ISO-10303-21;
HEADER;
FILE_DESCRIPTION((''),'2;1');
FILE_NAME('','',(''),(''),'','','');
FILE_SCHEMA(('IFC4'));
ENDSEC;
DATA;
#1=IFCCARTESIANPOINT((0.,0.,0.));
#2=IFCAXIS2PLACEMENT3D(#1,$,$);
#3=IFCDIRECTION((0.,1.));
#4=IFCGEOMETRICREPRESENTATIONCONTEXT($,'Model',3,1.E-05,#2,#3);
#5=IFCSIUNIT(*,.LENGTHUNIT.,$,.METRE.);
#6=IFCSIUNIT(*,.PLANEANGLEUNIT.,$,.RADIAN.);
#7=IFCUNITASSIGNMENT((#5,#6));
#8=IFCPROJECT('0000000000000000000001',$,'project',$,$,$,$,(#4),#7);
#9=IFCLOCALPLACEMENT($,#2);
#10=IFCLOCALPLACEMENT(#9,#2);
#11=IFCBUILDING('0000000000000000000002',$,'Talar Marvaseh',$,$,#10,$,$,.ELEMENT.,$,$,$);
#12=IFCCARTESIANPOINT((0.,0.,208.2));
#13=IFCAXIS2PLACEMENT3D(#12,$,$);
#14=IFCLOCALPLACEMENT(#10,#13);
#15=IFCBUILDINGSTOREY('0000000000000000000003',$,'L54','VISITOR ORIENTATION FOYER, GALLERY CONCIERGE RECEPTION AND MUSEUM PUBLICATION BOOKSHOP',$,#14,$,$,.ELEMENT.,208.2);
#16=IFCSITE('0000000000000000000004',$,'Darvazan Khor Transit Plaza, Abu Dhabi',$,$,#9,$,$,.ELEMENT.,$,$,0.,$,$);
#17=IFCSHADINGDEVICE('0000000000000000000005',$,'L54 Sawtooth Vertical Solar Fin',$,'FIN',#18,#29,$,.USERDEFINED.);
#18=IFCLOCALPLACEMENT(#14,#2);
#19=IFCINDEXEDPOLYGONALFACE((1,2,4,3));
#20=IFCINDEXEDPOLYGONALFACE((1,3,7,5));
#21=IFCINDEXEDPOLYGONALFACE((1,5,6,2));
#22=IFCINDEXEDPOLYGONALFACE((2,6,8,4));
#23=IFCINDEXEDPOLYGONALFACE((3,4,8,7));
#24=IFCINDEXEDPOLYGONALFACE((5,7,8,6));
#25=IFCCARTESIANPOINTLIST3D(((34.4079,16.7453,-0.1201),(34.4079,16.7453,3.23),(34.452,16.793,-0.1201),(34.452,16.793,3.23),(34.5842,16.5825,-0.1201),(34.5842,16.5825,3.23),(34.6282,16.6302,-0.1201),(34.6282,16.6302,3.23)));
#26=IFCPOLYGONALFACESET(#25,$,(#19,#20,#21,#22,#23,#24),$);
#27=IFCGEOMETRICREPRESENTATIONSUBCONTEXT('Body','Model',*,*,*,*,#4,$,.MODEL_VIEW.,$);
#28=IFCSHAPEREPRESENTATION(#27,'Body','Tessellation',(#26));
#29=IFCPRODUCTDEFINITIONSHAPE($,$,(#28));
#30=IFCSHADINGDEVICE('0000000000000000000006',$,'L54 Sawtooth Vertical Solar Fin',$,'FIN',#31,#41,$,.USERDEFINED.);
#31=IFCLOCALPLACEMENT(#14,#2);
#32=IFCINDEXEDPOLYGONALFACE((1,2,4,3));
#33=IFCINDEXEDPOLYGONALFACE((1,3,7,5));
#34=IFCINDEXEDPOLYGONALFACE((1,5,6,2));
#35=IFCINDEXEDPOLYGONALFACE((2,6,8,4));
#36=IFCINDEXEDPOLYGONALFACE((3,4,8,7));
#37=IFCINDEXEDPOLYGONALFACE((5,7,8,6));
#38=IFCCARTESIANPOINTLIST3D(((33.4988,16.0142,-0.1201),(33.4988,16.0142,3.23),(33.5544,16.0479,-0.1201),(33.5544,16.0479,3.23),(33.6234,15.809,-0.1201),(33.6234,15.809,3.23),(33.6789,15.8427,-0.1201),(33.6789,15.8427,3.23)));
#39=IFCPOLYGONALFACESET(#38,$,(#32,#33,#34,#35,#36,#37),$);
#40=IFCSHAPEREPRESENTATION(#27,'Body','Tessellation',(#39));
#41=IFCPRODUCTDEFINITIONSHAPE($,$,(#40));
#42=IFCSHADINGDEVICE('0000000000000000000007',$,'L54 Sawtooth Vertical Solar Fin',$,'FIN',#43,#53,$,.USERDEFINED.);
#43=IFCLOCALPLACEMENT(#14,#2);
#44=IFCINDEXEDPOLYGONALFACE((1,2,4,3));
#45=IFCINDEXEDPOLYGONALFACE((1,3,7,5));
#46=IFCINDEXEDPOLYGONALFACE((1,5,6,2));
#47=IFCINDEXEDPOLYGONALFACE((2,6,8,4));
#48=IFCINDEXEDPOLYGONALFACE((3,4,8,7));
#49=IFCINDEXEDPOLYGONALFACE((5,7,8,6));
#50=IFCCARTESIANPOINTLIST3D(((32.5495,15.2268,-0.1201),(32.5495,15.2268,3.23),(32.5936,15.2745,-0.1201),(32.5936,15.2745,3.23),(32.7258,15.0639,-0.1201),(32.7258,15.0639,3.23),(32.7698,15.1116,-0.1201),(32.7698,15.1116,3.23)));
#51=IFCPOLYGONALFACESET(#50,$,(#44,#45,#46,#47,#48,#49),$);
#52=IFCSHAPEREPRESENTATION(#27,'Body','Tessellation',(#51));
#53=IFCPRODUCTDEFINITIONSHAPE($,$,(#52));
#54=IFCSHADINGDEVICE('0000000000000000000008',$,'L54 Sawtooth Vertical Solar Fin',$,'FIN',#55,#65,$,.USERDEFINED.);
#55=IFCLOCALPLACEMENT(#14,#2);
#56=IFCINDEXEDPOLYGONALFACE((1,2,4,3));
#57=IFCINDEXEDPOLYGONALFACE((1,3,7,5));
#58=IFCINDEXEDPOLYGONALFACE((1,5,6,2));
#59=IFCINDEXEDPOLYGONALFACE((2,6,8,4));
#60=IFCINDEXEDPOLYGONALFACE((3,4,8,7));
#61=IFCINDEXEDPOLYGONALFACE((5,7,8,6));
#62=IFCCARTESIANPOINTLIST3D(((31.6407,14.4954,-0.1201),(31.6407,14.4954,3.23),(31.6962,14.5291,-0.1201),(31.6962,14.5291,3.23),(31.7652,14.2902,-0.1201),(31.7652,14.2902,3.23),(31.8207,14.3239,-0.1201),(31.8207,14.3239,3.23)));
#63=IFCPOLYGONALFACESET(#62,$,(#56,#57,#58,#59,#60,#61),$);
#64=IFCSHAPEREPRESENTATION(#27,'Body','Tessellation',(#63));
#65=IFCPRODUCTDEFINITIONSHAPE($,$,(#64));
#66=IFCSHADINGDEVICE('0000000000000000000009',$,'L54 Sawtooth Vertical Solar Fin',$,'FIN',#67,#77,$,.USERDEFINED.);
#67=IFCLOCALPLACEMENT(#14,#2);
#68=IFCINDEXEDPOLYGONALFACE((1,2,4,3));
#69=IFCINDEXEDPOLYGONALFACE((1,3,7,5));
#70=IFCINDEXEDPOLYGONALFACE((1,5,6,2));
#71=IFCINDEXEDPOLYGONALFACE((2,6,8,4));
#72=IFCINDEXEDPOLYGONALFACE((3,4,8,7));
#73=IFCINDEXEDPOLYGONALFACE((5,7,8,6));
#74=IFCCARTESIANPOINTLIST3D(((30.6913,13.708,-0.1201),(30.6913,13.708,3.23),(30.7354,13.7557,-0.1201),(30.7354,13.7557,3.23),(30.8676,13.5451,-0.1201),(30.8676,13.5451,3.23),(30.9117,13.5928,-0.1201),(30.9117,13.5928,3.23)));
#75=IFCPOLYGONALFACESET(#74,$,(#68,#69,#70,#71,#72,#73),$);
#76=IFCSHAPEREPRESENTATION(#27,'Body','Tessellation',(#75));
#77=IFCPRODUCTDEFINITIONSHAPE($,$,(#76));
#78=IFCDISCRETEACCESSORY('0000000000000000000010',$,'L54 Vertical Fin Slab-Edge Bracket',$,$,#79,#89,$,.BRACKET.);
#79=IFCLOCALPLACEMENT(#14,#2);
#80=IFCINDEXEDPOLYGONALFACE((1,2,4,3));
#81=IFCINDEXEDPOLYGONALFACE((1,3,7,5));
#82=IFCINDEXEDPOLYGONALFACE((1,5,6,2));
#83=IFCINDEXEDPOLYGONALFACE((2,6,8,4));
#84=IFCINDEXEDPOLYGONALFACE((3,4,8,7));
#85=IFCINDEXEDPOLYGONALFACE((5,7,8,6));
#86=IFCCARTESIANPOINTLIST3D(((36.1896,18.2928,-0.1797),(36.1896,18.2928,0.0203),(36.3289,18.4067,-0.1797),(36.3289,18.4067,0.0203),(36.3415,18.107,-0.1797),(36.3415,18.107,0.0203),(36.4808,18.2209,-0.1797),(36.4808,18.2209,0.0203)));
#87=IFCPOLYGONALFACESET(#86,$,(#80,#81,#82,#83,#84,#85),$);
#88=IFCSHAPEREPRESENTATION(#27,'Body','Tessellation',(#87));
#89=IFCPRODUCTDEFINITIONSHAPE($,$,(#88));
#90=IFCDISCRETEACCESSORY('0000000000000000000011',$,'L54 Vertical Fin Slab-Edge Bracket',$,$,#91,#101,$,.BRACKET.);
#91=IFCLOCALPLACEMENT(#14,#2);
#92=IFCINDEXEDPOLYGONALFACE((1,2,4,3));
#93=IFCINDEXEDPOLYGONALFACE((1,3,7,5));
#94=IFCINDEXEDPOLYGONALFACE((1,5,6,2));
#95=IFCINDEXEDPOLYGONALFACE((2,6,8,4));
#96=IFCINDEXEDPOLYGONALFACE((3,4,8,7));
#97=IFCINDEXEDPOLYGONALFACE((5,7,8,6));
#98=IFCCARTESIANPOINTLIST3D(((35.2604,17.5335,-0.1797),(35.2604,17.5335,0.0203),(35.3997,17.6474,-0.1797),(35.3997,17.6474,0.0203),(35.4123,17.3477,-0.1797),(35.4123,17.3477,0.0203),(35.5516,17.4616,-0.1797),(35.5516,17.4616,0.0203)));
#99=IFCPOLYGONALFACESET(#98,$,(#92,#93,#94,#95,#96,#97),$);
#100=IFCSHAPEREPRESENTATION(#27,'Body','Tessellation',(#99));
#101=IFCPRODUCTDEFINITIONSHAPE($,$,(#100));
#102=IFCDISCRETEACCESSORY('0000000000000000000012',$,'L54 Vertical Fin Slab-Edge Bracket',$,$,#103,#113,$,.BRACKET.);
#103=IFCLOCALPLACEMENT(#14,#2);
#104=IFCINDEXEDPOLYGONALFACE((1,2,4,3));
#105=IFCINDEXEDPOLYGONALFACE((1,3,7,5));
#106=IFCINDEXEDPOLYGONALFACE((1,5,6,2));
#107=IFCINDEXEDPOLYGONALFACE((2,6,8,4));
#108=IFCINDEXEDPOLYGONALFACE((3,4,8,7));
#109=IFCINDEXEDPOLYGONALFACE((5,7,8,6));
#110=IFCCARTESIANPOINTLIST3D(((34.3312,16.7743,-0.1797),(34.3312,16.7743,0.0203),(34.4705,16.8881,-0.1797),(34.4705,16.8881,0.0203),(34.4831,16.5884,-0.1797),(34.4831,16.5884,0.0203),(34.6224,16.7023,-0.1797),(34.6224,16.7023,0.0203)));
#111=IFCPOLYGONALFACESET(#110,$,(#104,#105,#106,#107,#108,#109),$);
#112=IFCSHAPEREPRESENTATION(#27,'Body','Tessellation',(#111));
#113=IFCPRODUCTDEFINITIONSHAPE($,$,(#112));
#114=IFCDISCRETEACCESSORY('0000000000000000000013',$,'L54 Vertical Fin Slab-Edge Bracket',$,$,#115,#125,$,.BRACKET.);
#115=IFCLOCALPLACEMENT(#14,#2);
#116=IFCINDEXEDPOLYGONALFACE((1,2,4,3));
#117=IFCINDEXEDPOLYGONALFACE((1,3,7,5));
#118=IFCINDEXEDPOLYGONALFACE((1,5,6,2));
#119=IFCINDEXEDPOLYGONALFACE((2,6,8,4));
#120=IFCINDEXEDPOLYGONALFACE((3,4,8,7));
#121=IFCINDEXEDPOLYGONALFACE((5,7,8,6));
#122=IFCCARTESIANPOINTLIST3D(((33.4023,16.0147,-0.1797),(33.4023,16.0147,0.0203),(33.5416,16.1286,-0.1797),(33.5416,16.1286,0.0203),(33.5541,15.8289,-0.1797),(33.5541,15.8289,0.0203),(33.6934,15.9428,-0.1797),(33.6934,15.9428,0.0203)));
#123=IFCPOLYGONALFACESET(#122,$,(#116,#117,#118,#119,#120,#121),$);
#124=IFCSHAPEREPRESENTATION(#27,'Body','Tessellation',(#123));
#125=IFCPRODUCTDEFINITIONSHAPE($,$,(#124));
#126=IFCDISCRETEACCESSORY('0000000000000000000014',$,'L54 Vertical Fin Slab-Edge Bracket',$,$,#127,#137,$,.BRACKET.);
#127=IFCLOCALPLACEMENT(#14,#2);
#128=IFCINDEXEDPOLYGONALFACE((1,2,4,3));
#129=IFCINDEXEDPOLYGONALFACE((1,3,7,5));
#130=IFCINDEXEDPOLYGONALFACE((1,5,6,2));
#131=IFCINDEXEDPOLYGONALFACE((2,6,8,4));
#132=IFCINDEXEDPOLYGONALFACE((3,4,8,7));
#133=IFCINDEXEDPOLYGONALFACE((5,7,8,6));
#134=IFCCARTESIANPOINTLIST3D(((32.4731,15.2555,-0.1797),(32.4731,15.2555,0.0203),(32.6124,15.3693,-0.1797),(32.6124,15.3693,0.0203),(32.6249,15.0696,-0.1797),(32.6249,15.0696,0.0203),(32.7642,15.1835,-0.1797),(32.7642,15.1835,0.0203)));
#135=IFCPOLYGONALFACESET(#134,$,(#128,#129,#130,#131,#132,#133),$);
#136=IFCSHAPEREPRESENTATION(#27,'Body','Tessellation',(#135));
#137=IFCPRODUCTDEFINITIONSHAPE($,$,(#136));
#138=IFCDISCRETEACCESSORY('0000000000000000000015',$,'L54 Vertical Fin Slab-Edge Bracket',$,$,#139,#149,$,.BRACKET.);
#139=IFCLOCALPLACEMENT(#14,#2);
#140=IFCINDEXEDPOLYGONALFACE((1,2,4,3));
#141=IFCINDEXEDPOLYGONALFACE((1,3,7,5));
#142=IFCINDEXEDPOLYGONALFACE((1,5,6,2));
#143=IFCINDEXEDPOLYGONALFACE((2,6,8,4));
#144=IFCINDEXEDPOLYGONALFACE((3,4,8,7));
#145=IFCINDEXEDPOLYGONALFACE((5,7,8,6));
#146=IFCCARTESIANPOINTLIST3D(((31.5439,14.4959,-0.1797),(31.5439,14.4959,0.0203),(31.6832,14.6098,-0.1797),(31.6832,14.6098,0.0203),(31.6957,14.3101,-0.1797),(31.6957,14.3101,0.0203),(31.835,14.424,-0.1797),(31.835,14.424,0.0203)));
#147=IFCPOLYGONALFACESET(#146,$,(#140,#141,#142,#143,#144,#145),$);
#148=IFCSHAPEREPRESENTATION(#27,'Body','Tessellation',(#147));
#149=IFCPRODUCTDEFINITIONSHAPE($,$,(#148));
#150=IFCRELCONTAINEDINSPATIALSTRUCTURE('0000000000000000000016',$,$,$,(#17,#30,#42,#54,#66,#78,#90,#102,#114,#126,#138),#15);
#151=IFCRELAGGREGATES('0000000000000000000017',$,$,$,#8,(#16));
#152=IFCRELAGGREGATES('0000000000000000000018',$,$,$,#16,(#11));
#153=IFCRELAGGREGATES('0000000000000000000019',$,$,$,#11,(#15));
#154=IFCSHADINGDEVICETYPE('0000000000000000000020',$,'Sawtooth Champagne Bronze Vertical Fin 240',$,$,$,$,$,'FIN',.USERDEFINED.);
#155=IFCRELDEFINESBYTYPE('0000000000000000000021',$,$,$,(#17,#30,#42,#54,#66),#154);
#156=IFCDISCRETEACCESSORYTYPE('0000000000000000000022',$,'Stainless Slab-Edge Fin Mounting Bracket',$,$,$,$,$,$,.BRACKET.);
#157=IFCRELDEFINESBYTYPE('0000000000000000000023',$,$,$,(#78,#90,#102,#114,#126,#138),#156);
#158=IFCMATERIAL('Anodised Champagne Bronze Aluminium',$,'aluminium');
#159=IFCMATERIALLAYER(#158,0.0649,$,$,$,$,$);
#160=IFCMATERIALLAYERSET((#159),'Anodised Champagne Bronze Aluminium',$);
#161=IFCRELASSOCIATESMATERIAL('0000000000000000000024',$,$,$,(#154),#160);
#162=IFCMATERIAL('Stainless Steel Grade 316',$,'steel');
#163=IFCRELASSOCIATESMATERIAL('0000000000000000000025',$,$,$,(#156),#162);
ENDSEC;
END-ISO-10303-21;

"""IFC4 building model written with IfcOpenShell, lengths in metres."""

from ifc_helpers import new_model, si_unit, direction, frame, origin, origin_2d, place, context, subcontext, project, spatial, rectangle, extrude, source, transform, mapped, material, layer, layer_set, type_object, type_shapes, element, save


model = new_model("IFC4")

# Units and contexts
model_context = context("Model", 3, precision=1e-05, world=origin(), true_north=direction((0.0, 1.0)))
body_context = subcontext(model_context, "Body", "Model", "MODEL_VIEW")
ifc_project = project(units=[si_unit("LENGTHUNIT", "METRE"), si_unit("PLANEANGLEUNIT", "RADIAN")], contexts=[model_context])

# Site, building, storey
site_placement = place(None, origin())
site = spatial("IfcSite", under=ifc_project, at=site_placement, Name="Darvazan Khor Transit Plaza, Abu Dhabi", CompositionType="ELEMENT", RefElevation=0.0)
building_placement = place(site_placement, origin())
building = spatial("IfcBuilding", under=site, at=building_placement, Name="Talar Marvaseh", CompositionType="ELEMENT")
storey_placement = place(building_placement, frame((0.0, 0.0, 208.2)))
storey = spatial("IfcBuildingStorey", under=building, at=storey_placement, Name="L54", Description="VISITOR ORIENTATION FOYER, GALLERY CONCIERGE RECEPTION AND MUSEUM PUBLICATION BOOKSHOP", CompositionType="ELEMENT", Elevation=208.2)

# Shading devices
ifc_material_1 = material(Name="Anodised Champagne Bronze Aluminium", Category="aluminium")
ifc_layer_1 = layer(ifc_material_1, 0.0649)
ifc_layer_set_1 = layer_set([ifc_layer_1], Name="Anodised Champagne Bronze Aluminium")
shading_device_type = type_object("IfcShadingDeviceType", Name="Sawtooth Champagne Bronze Vertical Fin 240", ElementType="FIN", PredefinedType="USERDEFINED", material=ifc_layer_set_1)
shared_shape_1 = source(origin(), body_context, "Body", "SweptSolid", [
    extrude(rectangle(XDim=0.24, YDim=0.0649, at=origin_2d()), origin(), (0.0, 0.0, 1.0), 3.3501),
])
type_shapes(shading_device_type, [shared_shape_1])
for number, where, z_axis, x_axis, name in (
    (1, (34.5181, 16.6877, -0.1201), (0.0, 0.0, 1.0), (0.734441, -0.678673, 0.0), "L54 Sawtooth Vertical Solar Fin"),
    (2, (33.5889, 15.9285, -0.1201), (0.0, 0.0, 1.0), (0.518922, -0.854821, 0.0), "L54 Sawtooth Vertical Solar Fin"),
    (3, (32.6597, 15.1692, -0.1201), (0.0, 0.0, 1.0), (0.734441, -0.678673, 0.0), "L54 Sawtooth Vertical Solar Fin"),
    (4, (31.7307, 14.4097, -0.1201), (0.0, 0.0, 1.0), (0.518922, -0.854821, 0.0), "L54 Sawtooth Vertical Solar Fin"),
    (5, (30.8015, 13.6504, -0.1201), (0.0, 0.0, 1.0), (0.734441, -0.678673, 0.0), "L54 Sawtooth Vertical Solar Fin"),
):
    element("IfcShadingDevice", number, at=place(storey_placement, frame(where, z_axis=z_axis, x_axis=x_axis)), inside=storey, type_object=shading_device_type, Name=name, ObjectType="FIN", PredefinedType="USERDEFINED", context=body_context, shape_type="MappedRepresentation", body=[
        mapped(shared_shape_1, transform((0.0, 0.0, 0.0), x_axis=(1.0, 0.0, 0.0), y_axis=(0.0, 1.0, 0.0), z_axis=(0.0, 0.0, 1.0), scale=1.0)),
    ])

# Discrete accessories
ifc_material_2 = material(Name="Stainless Steel Grade 316", Category="steel")
discrete_accessory_type = type_object("IfcDiscreteAccessoryType", Name="Stainless Slab-Edge Fin Mounting Bracket", PredefinedType="BRACKET", material=ifc_material_2)
shared_shape_2 = source(origin(), body_context, "Body", "SweptSolid", [
    extrude(rectangle(XDim=0.24, YDim=0.1799, at=origin_2d()), origin(), (0.0, 0.0, 1.0), 0.2),
])
type_shapes(discrete_accessory_type, [shared_shape_2])
for number, where, z_axis, x_axis, name in (
    (6, (36.3352, 18.2568, -0.1797), (0.0, 0.0, 1.0), (0.63284, -0.774282, 0.0), "L54 Vertical Fin Slab-Edge Bracket"),
    (7, (35.406, 17.4976, -0.1797), (0.0, 0.0, 1.0), (0.63284, -0.774282, 0.0), "L54 Vertical Fin Slab-Edge Bracket"),
    (8, (34.4768, 16.7383, -0.1797), (0.0, 0.0, 1.0), (0.63284, -0.774282, 0.0), "L54 Vertical Fin Slab-Edge Bracket"),
    (9, (33.5479, 15.9788, -0.1797), (0.0, 0.0, 1.0), (0.63284, -0.774282, 0.0), "L54 Vertical Fin Slab-Edge Bracket"),
    (10, (32.6187, 15.2195, -0.1797), (0.0, 0.0, 1.0), (0.63284, -0.774282, 0.0), "L54 Vertical Fin Slab-Edge Bracket"),
    (11, (31.6895, 14.46, -0.1797), (0.0, 0.0, 1.0), (0.63284, -0.774282, 0.0), "L54 Vertical Fin Slab-Edge Bracket"),
):
    element("IfcDiscreteAccessory", number, at=place(storey_placement, frame(where, z_axis=z_axis, x_axis=x_axis)), inside=storey, type_object=discrete_accessory_type, Name=name, PredefinedType="BRACKET", context=body_context, shape_type="MappedRepresentation", body=[
        mapped(shared_shape_2, transform((0.0, 0.0, 0.0), x_axis=(1.0, 0.0, 0.0), y_axis=(0.0, 1.0, 0.0), z_axis=(0.0, 0.0, 1.0), scale=1.0)),
    ])

save(model, "model.ifc")
